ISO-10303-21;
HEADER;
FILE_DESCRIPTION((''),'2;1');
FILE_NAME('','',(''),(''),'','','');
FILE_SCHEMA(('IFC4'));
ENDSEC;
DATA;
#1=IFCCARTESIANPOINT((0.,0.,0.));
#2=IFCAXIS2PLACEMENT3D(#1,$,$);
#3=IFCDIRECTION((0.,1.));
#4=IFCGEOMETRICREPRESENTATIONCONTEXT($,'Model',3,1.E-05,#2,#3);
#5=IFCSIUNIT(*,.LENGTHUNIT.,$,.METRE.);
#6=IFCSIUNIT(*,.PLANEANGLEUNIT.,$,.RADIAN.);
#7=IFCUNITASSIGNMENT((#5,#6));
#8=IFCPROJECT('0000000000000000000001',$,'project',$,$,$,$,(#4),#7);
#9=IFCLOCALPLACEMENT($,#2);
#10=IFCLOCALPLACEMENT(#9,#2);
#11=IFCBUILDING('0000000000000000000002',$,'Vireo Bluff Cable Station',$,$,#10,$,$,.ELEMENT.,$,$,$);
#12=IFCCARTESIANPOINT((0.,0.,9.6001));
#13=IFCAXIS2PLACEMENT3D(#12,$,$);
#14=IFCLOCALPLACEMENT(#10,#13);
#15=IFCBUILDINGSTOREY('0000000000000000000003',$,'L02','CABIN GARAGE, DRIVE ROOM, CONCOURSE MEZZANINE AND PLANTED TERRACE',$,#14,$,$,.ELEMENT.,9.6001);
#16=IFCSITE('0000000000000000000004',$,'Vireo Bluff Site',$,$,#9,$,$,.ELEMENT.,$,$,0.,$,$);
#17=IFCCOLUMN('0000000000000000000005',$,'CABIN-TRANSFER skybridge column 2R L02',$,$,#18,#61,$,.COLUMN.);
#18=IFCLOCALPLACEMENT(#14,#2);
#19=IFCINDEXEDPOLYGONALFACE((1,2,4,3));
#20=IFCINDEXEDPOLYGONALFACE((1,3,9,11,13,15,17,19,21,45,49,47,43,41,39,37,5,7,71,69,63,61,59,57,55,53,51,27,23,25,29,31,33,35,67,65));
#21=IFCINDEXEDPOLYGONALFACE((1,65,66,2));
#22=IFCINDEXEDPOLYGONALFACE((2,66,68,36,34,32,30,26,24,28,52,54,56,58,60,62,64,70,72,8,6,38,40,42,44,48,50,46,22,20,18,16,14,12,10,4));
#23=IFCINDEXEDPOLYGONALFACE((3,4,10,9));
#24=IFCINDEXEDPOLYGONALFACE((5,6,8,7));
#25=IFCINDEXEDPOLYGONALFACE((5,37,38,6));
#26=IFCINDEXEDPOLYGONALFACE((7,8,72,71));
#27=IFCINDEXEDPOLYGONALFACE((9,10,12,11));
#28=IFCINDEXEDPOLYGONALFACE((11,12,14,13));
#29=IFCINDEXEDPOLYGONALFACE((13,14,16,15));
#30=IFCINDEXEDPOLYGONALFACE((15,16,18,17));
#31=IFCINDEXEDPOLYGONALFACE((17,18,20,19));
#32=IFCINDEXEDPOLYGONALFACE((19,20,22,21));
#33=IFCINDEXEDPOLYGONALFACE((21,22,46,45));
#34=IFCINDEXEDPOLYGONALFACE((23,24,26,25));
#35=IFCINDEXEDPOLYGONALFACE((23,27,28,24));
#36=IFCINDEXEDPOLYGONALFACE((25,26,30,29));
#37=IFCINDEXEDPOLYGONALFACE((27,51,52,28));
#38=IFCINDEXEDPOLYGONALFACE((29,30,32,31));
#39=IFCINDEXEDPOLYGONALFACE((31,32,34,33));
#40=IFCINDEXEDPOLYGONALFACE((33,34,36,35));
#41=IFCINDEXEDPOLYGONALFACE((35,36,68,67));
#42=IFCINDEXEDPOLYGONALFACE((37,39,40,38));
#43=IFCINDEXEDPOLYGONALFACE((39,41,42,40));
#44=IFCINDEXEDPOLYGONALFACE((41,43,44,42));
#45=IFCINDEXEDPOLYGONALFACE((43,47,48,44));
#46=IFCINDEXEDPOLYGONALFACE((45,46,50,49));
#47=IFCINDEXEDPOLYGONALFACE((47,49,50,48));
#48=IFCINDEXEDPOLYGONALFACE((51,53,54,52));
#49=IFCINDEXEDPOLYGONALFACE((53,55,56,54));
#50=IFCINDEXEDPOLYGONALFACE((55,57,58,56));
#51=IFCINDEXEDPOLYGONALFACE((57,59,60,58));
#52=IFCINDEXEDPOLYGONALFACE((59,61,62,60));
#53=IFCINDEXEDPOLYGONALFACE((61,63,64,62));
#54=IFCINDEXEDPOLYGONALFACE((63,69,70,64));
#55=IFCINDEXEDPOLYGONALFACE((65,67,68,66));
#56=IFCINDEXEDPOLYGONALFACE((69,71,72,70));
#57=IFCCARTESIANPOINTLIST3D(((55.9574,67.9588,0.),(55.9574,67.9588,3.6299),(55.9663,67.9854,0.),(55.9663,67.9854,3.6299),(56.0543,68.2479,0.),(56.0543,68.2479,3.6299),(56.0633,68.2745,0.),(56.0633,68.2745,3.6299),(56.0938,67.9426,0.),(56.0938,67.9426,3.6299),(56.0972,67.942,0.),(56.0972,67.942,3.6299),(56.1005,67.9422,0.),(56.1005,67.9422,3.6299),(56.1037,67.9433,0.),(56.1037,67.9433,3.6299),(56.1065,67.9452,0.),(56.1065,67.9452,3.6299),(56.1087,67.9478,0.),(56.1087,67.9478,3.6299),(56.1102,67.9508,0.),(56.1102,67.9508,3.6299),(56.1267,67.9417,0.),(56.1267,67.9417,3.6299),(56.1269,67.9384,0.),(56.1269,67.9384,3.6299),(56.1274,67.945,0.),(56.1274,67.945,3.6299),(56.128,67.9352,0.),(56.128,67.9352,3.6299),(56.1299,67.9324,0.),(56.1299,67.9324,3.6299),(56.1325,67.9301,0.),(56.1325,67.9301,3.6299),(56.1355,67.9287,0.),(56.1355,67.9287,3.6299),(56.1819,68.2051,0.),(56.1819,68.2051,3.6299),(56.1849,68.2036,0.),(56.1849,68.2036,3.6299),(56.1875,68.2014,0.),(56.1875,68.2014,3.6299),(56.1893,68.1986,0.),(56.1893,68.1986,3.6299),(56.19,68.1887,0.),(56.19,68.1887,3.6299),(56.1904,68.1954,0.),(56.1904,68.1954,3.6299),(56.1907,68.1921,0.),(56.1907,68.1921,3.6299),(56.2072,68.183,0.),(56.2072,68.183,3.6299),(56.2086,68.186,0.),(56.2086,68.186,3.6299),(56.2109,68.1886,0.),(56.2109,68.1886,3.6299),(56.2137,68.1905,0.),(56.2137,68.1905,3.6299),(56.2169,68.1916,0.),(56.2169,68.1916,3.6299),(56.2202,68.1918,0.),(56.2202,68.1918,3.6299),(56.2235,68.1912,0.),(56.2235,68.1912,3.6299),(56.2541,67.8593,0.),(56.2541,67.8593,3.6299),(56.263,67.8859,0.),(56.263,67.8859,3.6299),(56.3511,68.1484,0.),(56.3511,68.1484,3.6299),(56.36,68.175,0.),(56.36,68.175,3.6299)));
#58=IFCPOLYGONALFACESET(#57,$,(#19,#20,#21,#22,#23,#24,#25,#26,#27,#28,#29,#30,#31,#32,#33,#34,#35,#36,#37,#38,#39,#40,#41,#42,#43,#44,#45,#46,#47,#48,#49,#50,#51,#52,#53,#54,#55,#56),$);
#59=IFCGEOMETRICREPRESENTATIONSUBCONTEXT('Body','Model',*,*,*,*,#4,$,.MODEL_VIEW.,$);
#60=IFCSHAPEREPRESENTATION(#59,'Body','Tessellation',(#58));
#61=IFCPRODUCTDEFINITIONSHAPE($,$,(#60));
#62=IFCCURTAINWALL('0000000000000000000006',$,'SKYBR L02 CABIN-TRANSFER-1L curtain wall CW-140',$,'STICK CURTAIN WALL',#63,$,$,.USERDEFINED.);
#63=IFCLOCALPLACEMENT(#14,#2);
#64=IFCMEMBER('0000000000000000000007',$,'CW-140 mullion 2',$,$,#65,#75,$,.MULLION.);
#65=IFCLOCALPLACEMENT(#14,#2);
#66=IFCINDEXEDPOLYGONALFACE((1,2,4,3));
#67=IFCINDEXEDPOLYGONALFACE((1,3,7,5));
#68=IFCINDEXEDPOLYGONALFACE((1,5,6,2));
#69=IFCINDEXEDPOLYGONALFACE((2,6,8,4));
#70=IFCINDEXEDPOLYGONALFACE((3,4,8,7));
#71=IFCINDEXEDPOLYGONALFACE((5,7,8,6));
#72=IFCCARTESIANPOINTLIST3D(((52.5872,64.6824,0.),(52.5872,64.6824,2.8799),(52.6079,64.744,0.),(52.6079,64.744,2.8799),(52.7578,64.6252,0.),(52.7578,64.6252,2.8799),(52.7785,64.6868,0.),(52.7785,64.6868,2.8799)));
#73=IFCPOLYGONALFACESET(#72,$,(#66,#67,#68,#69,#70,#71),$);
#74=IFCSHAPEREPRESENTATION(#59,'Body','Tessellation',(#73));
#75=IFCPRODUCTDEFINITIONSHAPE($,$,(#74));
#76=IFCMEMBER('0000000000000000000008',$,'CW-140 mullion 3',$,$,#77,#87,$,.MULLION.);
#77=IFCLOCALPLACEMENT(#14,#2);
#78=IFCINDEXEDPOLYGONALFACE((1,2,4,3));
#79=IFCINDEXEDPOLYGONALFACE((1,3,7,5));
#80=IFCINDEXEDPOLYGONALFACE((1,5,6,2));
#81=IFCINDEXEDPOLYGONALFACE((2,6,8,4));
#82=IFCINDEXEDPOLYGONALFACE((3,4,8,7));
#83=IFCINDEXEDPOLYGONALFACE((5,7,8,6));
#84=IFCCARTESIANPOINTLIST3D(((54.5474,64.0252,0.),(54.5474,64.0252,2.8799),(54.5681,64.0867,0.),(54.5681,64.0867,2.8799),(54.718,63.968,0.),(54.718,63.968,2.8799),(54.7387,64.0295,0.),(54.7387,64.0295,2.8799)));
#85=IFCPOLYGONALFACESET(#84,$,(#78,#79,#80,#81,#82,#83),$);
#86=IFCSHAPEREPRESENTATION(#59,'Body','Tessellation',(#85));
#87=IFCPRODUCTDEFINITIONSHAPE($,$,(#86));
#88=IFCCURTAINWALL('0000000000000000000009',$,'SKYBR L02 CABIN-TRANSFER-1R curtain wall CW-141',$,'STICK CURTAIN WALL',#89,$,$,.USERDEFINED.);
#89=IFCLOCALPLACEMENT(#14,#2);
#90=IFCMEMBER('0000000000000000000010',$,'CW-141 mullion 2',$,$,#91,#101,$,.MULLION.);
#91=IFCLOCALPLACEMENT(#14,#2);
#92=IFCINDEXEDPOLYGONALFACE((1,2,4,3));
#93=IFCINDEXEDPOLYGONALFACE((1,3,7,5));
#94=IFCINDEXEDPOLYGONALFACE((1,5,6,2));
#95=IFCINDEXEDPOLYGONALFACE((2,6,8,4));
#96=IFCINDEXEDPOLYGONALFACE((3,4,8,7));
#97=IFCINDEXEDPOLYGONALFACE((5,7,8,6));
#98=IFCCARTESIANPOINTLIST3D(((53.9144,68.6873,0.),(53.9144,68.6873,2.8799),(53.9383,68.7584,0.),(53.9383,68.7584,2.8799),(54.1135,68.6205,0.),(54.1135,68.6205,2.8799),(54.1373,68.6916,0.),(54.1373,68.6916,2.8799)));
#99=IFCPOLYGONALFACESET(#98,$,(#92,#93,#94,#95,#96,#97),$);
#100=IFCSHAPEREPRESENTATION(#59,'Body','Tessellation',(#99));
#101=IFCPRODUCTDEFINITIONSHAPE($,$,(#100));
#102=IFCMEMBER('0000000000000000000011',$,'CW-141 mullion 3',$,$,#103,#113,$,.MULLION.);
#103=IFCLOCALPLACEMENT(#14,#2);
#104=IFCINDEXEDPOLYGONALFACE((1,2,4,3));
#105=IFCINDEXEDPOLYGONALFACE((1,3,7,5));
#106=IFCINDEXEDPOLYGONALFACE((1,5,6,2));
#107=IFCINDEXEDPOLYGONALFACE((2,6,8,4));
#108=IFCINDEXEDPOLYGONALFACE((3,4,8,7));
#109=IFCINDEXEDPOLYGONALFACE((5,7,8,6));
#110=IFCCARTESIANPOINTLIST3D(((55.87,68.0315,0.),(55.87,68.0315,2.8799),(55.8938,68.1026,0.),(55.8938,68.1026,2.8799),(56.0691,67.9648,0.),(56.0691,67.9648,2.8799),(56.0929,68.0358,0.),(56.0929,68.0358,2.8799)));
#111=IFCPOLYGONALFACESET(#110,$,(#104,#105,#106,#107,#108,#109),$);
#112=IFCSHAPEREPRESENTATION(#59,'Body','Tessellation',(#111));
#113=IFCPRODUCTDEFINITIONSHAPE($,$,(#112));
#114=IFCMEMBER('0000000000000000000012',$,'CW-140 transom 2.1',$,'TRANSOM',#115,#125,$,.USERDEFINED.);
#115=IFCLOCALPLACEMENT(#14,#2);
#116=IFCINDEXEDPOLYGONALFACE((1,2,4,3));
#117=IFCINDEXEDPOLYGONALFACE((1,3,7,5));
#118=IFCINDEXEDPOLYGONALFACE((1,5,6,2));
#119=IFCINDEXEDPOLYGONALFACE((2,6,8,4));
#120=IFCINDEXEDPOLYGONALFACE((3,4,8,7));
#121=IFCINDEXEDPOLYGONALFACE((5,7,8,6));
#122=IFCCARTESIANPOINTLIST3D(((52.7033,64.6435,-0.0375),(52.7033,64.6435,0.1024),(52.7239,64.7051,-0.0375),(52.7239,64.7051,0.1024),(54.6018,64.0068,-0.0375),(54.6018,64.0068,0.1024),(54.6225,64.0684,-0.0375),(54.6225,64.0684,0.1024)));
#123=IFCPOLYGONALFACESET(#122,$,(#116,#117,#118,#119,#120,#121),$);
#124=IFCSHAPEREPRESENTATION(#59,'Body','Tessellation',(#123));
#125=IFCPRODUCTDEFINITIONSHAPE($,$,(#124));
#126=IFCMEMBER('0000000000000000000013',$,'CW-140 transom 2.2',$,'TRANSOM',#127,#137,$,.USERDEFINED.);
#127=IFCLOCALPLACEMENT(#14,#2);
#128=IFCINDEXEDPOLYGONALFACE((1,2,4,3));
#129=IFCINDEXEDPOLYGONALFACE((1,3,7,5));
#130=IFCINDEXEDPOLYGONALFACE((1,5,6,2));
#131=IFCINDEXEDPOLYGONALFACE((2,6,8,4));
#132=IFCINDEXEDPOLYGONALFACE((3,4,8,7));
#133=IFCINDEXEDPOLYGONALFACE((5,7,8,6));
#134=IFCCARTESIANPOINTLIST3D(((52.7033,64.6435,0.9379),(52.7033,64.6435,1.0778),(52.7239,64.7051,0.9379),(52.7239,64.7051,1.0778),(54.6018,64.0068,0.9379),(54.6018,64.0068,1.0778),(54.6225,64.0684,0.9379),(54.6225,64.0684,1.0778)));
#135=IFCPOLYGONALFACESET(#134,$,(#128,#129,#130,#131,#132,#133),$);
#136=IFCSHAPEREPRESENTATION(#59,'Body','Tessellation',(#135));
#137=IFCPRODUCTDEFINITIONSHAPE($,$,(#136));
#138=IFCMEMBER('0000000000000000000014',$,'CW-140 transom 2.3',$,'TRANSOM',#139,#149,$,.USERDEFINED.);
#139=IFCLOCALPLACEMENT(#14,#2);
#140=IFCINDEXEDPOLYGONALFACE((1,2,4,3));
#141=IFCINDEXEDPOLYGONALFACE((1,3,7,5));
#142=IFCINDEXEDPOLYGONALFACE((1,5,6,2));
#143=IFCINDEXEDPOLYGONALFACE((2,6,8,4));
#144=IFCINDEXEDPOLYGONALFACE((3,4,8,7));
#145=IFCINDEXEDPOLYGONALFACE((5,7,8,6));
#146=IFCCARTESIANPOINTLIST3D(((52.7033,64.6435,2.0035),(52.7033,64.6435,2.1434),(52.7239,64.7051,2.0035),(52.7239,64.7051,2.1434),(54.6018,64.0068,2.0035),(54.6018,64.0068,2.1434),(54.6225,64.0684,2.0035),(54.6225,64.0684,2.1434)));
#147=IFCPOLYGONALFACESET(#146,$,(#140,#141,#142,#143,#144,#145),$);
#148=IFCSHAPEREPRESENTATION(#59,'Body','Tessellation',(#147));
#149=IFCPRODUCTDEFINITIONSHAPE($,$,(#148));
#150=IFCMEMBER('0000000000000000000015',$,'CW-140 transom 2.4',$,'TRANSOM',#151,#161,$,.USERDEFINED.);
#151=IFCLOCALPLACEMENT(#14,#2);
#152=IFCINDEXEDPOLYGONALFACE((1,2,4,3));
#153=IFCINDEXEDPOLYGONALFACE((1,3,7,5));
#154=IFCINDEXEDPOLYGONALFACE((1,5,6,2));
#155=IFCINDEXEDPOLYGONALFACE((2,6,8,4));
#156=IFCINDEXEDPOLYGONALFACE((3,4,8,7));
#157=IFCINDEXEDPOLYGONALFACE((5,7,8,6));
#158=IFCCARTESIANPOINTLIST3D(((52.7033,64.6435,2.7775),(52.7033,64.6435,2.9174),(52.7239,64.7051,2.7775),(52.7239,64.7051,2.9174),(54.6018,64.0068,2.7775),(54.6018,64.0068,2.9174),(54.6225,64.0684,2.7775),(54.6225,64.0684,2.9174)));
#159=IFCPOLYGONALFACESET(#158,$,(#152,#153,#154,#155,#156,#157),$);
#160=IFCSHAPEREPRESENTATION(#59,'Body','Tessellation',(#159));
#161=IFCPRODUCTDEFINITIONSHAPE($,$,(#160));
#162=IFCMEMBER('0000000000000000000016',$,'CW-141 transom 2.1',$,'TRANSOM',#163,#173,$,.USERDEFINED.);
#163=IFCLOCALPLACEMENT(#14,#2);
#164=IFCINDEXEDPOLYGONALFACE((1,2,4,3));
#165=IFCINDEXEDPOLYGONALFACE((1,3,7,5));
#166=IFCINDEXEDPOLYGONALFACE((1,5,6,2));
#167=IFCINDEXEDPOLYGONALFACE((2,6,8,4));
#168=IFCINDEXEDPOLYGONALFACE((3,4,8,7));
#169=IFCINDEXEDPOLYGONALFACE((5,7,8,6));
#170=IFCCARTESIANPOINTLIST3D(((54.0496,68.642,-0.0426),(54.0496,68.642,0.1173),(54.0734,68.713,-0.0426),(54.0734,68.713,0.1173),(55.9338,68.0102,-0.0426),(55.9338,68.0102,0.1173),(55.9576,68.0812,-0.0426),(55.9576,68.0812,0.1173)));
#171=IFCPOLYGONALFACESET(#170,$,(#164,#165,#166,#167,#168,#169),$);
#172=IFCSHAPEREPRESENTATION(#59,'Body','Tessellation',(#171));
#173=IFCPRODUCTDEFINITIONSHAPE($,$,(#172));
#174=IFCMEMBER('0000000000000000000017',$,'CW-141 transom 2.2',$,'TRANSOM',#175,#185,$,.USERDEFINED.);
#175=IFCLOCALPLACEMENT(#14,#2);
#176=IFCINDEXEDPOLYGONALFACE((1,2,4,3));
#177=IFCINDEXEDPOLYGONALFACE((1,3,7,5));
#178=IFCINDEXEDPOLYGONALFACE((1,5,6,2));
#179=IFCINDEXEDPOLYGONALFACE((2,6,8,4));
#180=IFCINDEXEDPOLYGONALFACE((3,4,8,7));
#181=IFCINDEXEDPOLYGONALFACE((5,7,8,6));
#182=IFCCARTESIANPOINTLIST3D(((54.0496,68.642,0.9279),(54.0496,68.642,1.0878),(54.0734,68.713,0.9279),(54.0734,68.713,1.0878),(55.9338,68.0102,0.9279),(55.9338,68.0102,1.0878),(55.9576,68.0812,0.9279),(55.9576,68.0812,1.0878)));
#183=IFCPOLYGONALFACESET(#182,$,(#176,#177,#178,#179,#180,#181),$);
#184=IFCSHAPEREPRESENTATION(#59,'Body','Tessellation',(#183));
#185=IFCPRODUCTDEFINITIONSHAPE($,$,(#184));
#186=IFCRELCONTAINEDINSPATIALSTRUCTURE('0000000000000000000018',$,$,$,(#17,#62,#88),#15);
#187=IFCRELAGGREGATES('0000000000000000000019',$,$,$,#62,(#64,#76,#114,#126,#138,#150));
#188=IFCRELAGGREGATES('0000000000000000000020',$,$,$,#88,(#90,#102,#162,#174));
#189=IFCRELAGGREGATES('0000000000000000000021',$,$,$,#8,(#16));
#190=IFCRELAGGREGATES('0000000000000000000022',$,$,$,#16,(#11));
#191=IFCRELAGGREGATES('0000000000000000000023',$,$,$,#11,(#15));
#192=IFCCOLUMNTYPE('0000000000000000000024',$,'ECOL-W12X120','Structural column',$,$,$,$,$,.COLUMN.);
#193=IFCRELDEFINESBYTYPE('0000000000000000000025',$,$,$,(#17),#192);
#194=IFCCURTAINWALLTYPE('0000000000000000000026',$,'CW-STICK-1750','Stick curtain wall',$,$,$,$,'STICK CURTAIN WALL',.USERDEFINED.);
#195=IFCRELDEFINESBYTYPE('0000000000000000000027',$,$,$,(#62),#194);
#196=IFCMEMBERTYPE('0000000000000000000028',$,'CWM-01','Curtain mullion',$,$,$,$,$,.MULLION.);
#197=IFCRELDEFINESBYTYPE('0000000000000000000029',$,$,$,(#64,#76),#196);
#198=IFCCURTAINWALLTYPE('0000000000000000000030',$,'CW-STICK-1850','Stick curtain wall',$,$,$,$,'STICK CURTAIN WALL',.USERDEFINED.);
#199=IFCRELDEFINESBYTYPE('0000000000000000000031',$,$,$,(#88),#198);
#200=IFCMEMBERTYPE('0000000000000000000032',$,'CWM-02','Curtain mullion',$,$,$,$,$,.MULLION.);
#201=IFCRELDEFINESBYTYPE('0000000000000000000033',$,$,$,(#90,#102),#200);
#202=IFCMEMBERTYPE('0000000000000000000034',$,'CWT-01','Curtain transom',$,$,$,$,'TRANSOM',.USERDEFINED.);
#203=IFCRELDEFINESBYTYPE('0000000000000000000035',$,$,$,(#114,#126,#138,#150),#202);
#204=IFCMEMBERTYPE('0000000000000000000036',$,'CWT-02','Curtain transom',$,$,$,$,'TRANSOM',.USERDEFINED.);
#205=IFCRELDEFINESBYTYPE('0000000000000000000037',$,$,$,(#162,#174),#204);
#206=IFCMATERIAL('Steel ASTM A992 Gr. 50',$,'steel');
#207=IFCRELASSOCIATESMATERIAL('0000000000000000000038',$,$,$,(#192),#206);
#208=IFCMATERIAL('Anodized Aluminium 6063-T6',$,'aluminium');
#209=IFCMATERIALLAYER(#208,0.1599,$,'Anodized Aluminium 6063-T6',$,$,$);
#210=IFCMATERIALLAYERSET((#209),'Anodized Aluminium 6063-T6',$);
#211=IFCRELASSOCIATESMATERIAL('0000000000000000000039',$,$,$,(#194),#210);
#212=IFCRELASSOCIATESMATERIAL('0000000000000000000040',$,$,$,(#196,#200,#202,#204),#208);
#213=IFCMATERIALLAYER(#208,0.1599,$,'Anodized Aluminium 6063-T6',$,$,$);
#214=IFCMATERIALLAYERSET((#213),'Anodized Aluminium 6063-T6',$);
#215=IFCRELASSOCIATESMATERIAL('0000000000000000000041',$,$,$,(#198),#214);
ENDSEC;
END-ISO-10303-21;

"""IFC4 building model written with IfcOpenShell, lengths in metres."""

from ifc_helpers import new_model, si_unit, direction, frame, origin, origin_2d, place, context, subcontext, project, spatial, rectangle, i_section, extrude, material, layer, layer_set, material_profile, profile_set, type_object, element, aggregate, save


model = new_model("IFC4")

# Units and contexts
model_context = context("Model", 3, precision=1e-05, world=origin(), true_north=direction((0.0, 1.0)))
body_context = subcontext(model_context, "Body", "Model", "MODEL_VIEW")
ifc_project = project(units=[si_unit("LENGTHUNIT", "METRE"), si_unit("PLANEANGLEUNIT", "RADIAN")], contexts=[model_context])

# Site, building, storey
site_placement = place(None, origin())
site = spatial("IfcSite", under=ifc_project, at=site_placement, Name="Vireo Bluff Site", CompositionType="ELEMENT", RefElevation=0.0)
building_placement = place(site_placement, origin())
building = spatial("IfcBuilding", under=site, at=building_placement, Name="Vireo Bluff Cable Station", CompositionType="ELEMENT")
storey_placement = place(building_placement, frame((0.0, 0.0, 9.6001)))
storey = spatial("IfcBuildingStorey", under=building, at=storey_placement, Name="L02", Description="CABIN GARAGE, DRIVE ROOM, CONCOURSE MEZZANINE AND PLANTED TERRACE", CompositionType="ELEMENT", Elevation=9.6001)

# Column
ifc_material_1 = material(Name="Steel ASTM A992 Gr. 50", Category="steel")
ifc_material_profile_1 = material_profile(ifc_material_1, i_section(OverallWidth=0.313, OverallDepth=0.333, WebThickness=0.0181, FlangeThickness=0.0281, FilletRadius=0.0129, at=origin_2d()), Name="W12X120")
ifc_profile_set_1 = profile_set([ifc_material_profile_1], Name="Steel ASTM A992 Gr. 50")
column_type = type_object("IfcColumnType", Name="ECOL-W12X120", Description="Structural column", PredefinedType="COLUMN", material=ifc_profile_set_1)
column_placement = place(storey_placement, frame((56.1587, 68.0669, 0.0), z_axis=(0.0, 0.0, 1.0), x_axis=(0.948105, -0.317958, 0.0)))
element("IfcColumn", 1, at=column_placement, inside=storey, type_object=column_type, Name="CABIN-TRANSFER skybridge column 2R L02", PredefinedType="COLUMN", context=body_context, shape_type="SweptSolid", body=[
    extrude(i_section(OverallWidth=0.313, OverallDepth=0.333, WebThickness=0.0181, FlangeThickness=0.0281, FilletRadius=0.0129, at=origin_2d()), origin(), (0.0, 0.0, 1.0), 3.6299),
])

# Curtain walls, members
ifc_material_2 = material(Name="Anodized Aluminium 6063-T6", Category="aluminium")
ifc_layer_1 = layer(ifc_material_2, 0.1599, Name="Anodized Aluminium 6063-T6")
ifc_layer_set_1 = layer_set([ifc_layer_1], Name="Anodized Aluminium 6063-T6")
curtain_wall_type_1 = type_object("IfcCurtainWallType", Name="CW-STICK-1750", Description="Stick curtain wall", ElementType="STICK CURTAIN WALL", PredefinedType="USERDEFINED", material=ifc_layer_set_1)
curtain_wall_1_placement = place(storey_placement, origin())
curtain_wall_1 = element("IfcCurtainWall", 2, at=curtain_wall_1_placement, inside=storey, type_object=curtain_wall_type_1, Name="SKYBR L02 CABIN-TRANSFER-1L curtain wall CW-140", ObjectType="STICK CURTAIN WALL", PredefinedType="USERDEFINED")
ifc_material_profile_2 = material_profile(ifc_material_2, rectangle(XDim=0.0649, YDim=0.1799, at=origin_2d()), Name="ALU-M-65X180")
ifc_profile_set_2 = profile_set([ifc_material_profile_2], Name="Anodized Aluminium 6063-T6")
member_type_1 = type_object("IfcMemberType", Name="CWM-01", Description="Curtain mullion", PredefinedType="MULLION", material=ifc_profile_set_2)
member_1_placement = place(storey_placement, frame((52.6829, 64.6846, 0.0), z_axis=(0.0, 0.0, 1.0), x_axis=(0.317927, 0.948115, 0.0)))
member_1 = element("IfcMember", 3, at=member_1_placement, type_object=member_type_1, Name="CW-140 mullion 2", PredefinedType="MULLION", context=body_context, shape_type="SweptSolid", body=[
    extrude(rectangle(XDim=0.0649, YDim=0.1799, at=origin_2d()), origin(), (0.0, 0.0, 1.0), 2.8799),
])
member_2_placement = place(storey_placement, frame((54.6431, 64.0273, 0.0), z_axis=(0.0, 0.0, 1.0), x_axis=(0.317927, 0.948115, 0.0)))
member_2 = element("IfcMember", 4, at=member_2_placement, type_object=member_type_1, Name="CW-140 mullion 3", PredefinedType="MULLION", context=body_context, shape_type="SweptSolid", body=[
    extrude(rectangle(XDim=0.0649, YDim=0.1799, at=origin_2d()), origin(), (0.0, 0.0, 1.0), 2.8799),
])
ifc_layer_2 = layer(ifc_material_2, 0.1599, Name="Anodized Aluminium 6063-T6")
ifc_layer_set_2 = layer_set([ifc_layer_2], Name="Anodized Aluminium 6063-T6")
curtain_wall_type_2 = type_object("IfcCurtainWallType", Name="CW-STICK-1850", Description="Stick curtain wall", ElementType="STICK CURTAIN WALL", PredefinedType="USERDEFINED", material=ifc_layer_set_2)
curtain_wall_2_placement = place(storey_placement, origin())
curtain_wall_2 = element("IfcCurtainWall", 5, at=curtain_wall_2_placement, inside=storey, type_object=curtain_wall_type_2, Name="SKYBR L02 CABIN-TRANSFER-1R curtain wall CW-141", ObjectType="STICK CURTAIN WALL", PredefinedType="USERDEFINED")
ifc_material_profile_3 = material_profile(ifc_material_2, rectangle(XDim=0.075, YDim=0.21, at=origin_2d()), Name="ALU-M-75X210")
ifc_profile_set_3 = profile_set([ifc_material_profile_3], Name="Anodized Aluminium 6063-T6")
member_type_2 = type_object("IfcMemberType", Name="CWM-02", Description="Curtain mullion", PredefinedType="MULLION", material=ifc_profile_set_3)
member_3_placement = place(storey_placement, frame((54.0259, 68.6895, 0.0), z_axis=(0.0, 0.0, 1.0), x_axis=(0.317927, 0.948115, 0.0)))
member_3 = element("IfcMember", 6, at=member_3_placement, type_object=member_type_2, Name="CW-141 mullion 2", PredefinedType="MULLION", context=body_context, shape_type="SweptSolid", body=[
    extrude(rectangle(XDim=0.075, YDim=0.21, at=origin_2d()), origin(), (0.0, 0.0, 1.0), 2.8799),
])
member_4_placement = place(storey_placement, frame((55.9814, 68.0337, 0.0), z_axis=(0.0, 0.0, 1.0), x_axis=(0.317927, 0.948115, 0.0)))
member_4 = element("IfcMember", 7, at=member_4_placement, type_object=member_type_2, Name="CW-141 mullion 3", PredefinedType="MULLION", context=body_context, shape_type="SweptSolid", body=[
    extrude(rectangle(XDim=0.075, YDim=0.21, at=origin_2d()), origin(), (0.0, 0.0, 1.0), 2.8799),
])

# Members
ifc_material_profile_4 = material_profile(ifc_material_2, rectangle(XDim=0.0649, YDim=0.1399, at=origin_2d()), Name="ALU-T-65X140")
ifc_profile_set_4 = profile_set([ifc_material_profile_4], Name="Anodized Aluminium 6063-T6")
member_type_3 = type_object("IfcMemberType", Name="CWT-01", Description="Curtain transom", ElementType="TRANSOM", PredefinedType="USERDEFINED", material=ifc_profile_set_4)
member_5_placement = place(storey_placement, frame((52.7136, 64.6743, 0.0325), z_axis=(0.948096, -0.317983, 0.0), x_axis=(0.317983, 0.948096, 0.0)))
member_5 = element("IfcMember", 8, at=member_5_placement, type_object=member_type_3, Name="CW-140 transom 2.1", ObjectType="TRANSOM", PredefinedType="USERDEFINED", context=body_context, shape_type="SweptSolid", body=[
    extrude(rectangle(XDim=0.0649, YDim=0.1399, at=origin_2d()), origin(), (0.0, 0.0, 1.0), 2.0024),
])
member_6_placement = place(storey_placement, frame((52.7136, 64.6743, 1.0078), z_axis=(0.948096, -0.317983, 0.0), x_axis=(0.317983, 0.948096, 0.0)))
member_6 = element("IfcMember", 9, at=member_6_placement, type_object=member_type_3, Name="CW-140 transom 2.2", ObjectType="TRANSOM", PredefinedType="USERDEFINED", context=body_context, shape_type="SweptSolid", body=[
    extrude(rectangle(XDim=0.0649, YDim=0.1399, at=origin_2d()), origin(), (0.0, 0.0, 1.0), 2.0024),
])
member_7_placement = place(storey_placement, frame((52.7136, 64.6743, 2.0735), z_axis=(0.948096, -0.317983, 0.0), x_axis=(0.317983, 0.948096, 0.0)))
member_7 = element("IfcMember", 10, at=member_7_placement, type_object=member_type_3, Name="CW-140 transom 2.3", ObjectType="TRANSOM", PredefinedType="USERDEFINED", context=body_context, shape_type="SweptSolid", body=[
    extrude(rectangle(XDim=0.0649, YDim=0.1399, at=origin_2d()), origin(), (0.0, 0.0, 1.0), 2.0024),
])
member_8_placement = place(storey_placement, frame((52.7136, 64.6743, 2.8474), z_axis=(0.948096, -0.317983, 0.0), x_axis=(0.317983, 0.948096, 0.0)))
member_8 = element("IfcMember", 11, at=member_8_placement, type_object=member_type_3, Name="CW-140 transom 2.4", ObjectType="TRANSOM", PredefinedType="USERDEFINED", context=body_context, shape_type="SweptSolid", body=[
    extrude(rectangle(XDim=0.0649, YDim=0.1399, at=origin_2d()), origin(), (0.0, 0.0, 1.0), 2.0024),
])
ifc_material_profile_5 = material_profile(ifc_material_2, rectangle(XDim=0.075, YDim=0.1599, at=origin_2d()), Name="ALU-T-75X160")
ifc_profile_set_5 = profile_set([ifc_material_profile_5], Name="Anodized Aluminium 6063-T6")
member_type_4 = type_object("IfcMemberType", Name="CWT-02", Description="Curtain transom", ElementType="TRANSOM", PredefinedType="USERDEFINED", material=ifc_profile_set_5)
member_9_placement = place(storey_placement, frame((54.0615, 68.6775, 0.0374), z_axis=(0.948117, -0.317923, 0.0), x_axis=(0.317923, 0.948117, 0.0)))
member_9 = element("IfcMember", 12, at=member_9_placement, type_object=member_type_4, Name="CW-141 transom 2.1", ObjectType="TRANSOM", PredefinedType="USERDEFINED", context=body_context, shape_type="SweptSolid", body=[
    extrude(rectangle(XDim=0.075, YDim=0.1599, at=origin_2d()), origin(), (0.0, 0.0, 1.0), 1.9873),
])
member_10_placement = place(storey_placement, frame((54.0615, 68.6775, 1.0078), z_axis=(0.948117, -0.317923, 0.0), x_axis=(0.317923, 0.948117, 0.0)))
member_10 = element("IfcMember", 13, at=member_10_placement, type_object=member_type_4, Name="CW-141 transom 2.2", ObjectType="TRANSOM", PredefinedType="USERDEFINED", context=body_context, shape_type="SweptSolid", body=[
    extrude(rectangle(XDim=0.075, YDim=0.1599, at=origin_2d()), origin(), (0.0, 0.0, 1.0), 1.9873),
])

aggregate(curtain_wall_1, [member_1, member_2, member_5, member_6, member_7, member_8])
aggregate(curtain_wall_2, [member_3, member_4, member_9, member_10])

save(model, "model.ifc")
